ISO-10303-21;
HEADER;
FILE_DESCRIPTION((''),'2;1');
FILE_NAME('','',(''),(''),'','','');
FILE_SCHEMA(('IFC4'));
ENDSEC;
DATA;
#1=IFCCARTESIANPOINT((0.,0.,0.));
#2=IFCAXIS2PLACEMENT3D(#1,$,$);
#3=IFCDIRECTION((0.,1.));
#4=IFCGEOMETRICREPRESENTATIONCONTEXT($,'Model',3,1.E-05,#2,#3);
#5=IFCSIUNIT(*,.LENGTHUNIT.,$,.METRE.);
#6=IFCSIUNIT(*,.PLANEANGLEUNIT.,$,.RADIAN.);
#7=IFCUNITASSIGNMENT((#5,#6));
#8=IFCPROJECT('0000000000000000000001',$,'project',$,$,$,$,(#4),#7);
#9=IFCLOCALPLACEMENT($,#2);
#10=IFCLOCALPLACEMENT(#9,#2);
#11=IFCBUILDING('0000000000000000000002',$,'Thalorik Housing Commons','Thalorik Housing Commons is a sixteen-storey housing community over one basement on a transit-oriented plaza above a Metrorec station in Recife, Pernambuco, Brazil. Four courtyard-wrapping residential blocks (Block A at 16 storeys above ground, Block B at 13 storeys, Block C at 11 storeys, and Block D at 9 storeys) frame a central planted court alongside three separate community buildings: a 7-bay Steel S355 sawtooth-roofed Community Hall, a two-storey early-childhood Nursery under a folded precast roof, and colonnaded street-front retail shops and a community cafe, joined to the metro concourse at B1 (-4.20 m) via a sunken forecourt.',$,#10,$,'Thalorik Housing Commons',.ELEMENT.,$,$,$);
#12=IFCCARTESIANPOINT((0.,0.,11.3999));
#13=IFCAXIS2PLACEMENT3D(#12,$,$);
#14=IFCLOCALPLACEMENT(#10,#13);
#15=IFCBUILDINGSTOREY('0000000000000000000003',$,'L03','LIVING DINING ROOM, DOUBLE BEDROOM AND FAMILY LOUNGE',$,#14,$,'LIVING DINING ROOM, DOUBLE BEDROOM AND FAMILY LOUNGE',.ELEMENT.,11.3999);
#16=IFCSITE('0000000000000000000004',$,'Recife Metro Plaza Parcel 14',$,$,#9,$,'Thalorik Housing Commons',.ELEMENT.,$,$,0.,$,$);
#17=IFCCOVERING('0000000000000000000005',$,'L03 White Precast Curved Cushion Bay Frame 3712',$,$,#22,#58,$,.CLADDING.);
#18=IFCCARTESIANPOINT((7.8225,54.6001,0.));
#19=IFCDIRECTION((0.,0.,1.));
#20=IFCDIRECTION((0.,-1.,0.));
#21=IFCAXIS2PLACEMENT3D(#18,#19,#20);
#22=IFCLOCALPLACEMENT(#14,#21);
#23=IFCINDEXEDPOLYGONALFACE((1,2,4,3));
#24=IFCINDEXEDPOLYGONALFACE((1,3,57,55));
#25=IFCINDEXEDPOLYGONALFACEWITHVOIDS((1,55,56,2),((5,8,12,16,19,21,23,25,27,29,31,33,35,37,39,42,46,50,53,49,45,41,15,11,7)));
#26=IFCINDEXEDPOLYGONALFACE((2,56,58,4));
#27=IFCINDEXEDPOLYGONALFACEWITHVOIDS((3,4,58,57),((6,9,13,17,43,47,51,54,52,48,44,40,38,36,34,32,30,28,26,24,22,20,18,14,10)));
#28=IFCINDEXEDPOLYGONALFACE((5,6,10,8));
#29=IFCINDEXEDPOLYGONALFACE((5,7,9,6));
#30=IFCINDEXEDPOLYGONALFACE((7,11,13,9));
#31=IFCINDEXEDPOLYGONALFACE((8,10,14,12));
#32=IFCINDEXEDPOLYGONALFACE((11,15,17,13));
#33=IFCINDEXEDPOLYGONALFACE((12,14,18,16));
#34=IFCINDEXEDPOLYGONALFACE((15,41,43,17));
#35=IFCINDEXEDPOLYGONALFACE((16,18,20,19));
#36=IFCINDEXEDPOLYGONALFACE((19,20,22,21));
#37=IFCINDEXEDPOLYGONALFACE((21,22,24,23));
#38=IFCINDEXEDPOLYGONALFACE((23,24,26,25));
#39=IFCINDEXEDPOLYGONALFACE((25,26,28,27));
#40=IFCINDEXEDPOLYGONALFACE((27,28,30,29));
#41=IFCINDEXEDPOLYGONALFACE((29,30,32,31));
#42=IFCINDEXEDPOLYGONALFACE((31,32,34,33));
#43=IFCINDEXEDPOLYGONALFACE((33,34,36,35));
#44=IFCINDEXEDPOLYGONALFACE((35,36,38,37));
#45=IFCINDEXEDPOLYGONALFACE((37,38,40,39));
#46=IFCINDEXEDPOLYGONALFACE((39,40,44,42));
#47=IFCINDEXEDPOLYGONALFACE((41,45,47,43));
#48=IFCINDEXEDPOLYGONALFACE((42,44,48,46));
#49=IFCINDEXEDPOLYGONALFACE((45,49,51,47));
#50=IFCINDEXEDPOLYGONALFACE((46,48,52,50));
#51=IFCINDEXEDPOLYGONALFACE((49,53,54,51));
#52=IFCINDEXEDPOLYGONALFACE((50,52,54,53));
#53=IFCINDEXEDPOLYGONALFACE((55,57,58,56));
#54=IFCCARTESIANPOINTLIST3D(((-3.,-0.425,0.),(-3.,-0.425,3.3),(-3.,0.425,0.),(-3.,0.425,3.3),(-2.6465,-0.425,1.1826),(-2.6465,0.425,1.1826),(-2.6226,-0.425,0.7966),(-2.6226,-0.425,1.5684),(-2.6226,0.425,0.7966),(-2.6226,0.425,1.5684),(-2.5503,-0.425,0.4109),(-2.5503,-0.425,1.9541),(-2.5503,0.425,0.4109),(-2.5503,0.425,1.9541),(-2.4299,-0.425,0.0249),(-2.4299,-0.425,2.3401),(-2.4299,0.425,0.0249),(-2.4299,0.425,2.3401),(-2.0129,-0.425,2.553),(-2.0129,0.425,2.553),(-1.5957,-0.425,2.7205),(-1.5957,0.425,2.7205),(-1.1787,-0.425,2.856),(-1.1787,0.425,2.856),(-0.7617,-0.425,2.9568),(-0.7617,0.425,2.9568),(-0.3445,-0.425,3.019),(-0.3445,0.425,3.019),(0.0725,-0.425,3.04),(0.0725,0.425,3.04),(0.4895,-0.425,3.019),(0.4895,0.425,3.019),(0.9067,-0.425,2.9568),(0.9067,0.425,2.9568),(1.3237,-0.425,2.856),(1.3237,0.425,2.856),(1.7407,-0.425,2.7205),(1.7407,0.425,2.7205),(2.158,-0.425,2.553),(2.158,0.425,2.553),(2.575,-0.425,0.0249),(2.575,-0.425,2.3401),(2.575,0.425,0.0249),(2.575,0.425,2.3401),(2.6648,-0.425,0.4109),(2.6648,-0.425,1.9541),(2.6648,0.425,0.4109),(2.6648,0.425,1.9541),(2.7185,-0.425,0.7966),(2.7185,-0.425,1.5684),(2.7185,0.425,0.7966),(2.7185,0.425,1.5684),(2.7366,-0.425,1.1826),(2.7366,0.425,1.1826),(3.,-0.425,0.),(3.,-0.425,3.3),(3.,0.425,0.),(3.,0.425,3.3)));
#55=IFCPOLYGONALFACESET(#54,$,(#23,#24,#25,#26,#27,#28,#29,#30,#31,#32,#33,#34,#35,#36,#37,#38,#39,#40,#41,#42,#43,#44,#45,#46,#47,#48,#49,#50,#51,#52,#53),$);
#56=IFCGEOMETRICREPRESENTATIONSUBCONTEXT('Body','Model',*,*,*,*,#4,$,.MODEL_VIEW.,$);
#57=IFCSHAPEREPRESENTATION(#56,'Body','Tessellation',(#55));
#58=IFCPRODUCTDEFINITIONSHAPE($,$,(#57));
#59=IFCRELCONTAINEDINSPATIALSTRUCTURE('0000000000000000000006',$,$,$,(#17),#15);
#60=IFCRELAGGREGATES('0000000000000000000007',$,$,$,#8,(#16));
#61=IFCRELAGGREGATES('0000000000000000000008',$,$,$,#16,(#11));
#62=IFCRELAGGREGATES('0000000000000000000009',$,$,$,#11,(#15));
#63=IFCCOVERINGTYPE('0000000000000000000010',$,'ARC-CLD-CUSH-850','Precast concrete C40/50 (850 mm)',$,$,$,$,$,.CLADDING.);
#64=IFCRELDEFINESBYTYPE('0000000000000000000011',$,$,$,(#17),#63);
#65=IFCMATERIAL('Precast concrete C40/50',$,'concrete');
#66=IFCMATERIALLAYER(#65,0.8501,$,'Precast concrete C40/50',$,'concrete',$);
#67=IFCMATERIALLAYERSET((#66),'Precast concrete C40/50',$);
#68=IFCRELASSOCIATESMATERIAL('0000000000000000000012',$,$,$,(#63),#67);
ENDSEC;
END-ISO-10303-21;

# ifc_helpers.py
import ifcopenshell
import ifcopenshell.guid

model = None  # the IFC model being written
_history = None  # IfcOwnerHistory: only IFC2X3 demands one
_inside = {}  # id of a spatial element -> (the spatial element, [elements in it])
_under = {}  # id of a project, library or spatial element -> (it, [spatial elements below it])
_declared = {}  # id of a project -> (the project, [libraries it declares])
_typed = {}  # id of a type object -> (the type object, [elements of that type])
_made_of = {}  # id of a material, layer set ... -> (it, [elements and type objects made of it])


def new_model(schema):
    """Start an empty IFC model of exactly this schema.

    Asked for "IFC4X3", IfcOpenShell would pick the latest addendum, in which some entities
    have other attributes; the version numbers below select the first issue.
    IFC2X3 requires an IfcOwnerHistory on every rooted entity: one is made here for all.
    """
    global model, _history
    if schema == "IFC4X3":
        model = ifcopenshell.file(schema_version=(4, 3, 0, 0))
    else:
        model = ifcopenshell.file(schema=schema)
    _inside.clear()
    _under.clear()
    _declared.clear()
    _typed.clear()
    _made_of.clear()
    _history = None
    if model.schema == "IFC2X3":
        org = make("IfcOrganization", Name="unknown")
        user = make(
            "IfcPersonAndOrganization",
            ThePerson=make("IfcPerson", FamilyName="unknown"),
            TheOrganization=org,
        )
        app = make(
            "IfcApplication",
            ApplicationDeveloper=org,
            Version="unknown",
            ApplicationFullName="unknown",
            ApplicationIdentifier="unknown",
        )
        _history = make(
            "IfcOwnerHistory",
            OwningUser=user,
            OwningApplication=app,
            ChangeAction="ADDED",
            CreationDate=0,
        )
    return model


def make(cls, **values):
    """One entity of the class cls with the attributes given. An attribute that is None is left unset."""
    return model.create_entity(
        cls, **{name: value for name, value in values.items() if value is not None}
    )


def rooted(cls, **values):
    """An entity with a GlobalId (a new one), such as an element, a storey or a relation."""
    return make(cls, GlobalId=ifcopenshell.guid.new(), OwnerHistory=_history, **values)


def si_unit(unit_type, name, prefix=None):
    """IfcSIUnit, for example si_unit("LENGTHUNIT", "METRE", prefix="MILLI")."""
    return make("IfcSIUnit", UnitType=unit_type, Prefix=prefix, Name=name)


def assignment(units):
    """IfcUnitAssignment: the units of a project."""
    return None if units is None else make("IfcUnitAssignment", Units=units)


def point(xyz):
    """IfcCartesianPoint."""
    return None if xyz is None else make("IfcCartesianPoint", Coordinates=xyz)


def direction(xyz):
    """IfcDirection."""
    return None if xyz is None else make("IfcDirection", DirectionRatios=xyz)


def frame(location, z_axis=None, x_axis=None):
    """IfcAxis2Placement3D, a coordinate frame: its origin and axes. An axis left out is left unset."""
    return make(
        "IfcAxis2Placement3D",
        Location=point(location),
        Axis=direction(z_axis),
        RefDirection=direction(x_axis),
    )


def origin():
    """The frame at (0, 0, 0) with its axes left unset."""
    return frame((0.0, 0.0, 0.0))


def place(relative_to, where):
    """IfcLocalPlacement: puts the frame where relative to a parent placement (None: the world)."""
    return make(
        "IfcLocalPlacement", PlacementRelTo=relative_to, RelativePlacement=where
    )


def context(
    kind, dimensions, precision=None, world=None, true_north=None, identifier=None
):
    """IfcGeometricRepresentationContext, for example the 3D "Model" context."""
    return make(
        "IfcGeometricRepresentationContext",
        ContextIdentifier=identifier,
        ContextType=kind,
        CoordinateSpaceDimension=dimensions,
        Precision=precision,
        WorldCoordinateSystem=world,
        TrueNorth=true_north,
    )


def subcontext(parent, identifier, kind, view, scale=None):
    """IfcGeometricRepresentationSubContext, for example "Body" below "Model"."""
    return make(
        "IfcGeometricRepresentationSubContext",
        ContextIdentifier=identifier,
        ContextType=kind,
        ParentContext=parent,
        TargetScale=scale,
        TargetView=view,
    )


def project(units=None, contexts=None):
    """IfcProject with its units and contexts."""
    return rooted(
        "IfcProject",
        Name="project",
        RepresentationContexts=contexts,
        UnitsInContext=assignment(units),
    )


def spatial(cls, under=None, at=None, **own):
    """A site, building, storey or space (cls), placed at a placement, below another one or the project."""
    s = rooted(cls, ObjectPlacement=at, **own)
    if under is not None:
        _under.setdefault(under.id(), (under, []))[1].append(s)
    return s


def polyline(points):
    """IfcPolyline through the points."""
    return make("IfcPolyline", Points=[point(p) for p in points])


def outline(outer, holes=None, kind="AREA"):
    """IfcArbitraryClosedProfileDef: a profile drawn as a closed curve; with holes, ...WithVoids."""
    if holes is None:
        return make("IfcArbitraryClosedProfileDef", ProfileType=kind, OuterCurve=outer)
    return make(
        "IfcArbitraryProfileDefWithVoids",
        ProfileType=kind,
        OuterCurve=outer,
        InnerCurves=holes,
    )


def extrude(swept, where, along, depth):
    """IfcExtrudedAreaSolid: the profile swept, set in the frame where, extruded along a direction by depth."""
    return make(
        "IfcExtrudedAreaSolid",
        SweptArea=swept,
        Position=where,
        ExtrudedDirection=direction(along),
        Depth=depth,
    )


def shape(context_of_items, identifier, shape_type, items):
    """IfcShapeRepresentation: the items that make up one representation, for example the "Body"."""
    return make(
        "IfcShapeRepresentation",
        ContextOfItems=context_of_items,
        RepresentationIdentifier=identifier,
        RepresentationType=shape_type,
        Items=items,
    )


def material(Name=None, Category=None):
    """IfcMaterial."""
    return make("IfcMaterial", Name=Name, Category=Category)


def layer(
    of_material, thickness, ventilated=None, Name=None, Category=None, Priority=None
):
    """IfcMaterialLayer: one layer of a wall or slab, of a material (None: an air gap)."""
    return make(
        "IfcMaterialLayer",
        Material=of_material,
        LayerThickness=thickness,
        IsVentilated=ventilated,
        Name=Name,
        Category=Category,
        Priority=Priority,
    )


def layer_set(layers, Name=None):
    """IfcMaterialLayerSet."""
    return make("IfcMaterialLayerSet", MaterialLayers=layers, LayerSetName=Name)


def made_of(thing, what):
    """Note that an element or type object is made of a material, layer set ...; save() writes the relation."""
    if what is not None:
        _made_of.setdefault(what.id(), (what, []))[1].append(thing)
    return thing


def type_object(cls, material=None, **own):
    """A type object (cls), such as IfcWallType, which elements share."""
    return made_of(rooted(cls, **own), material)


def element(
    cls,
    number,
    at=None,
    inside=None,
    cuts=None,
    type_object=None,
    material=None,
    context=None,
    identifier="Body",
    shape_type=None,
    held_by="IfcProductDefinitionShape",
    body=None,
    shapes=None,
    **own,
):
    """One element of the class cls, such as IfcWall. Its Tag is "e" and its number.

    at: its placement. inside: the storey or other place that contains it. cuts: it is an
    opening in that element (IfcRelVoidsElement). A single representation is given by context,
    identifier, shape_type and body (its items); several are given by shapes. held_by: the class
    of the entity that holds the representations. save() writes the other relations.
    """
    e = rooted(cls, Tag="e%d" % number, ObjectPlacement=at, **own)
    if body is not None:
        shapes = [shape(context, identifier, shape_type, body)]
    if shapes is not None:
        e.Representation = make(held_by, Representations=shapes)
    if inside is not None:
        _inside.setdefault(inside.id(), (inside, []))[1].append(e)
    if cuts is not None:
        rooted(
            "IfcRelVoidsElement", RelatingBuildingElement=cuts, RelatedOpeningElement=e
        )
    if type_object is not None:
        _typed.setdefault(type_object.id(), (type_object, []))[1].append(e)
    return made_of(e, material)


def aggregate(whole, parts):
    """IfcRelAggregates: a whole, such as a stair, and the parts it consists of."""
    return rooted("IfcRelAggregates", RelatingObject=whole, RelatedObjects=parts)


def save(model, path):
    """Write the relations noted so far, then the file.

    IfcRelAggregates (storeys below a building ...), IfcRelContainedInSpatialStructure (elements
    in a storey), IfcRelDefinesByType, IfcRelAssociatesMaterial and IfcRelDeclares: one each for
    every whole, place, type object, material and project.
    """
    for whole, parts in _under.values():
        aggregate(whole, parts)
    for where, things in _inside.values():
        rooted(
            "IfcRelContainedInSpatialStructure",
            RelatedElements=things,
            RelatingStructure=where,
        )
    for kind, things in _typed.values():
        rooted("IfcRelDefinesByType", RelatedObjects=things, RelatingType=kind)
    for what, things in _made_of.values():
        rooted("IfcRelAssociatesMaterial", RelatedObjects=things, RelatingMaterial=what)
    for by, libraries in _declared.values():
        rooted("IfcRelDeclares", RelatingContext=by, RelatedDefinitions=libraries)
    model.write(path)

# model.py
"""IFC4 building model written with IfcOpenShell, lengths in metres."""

from ifc_helpers import new_model, si_unit, direction, frame, origin, place, context, subcontext, project, spatial, polyline, outline, extrude, material, layer, layer_set, type_object, element, save


model = new_model("IFC4")

# Units and contexts
model_context = context("Model", 3, precision=1e-05, world=origin(), true_north=direction((0.0, 1.0)))
body_context = subcontext(model_context, "Body", "Model", "MODEL_VIEW")
ifc_project = project(units=[si_unit("LENGTHUNIT", "METRE"), si_unit("PLANEANGLEUNIT", "RADIAN")], contexts=[model_context])

# Site, building, storey
site_placement = place(None, origin())
site = spatial("IfcSite", under=ifc_project, at=site_placement, Name="Recife Metro Plaza Parcel 14", LongName="Thalorik Housing Commons", CompositionType="ELEMENT", RefElevation=0.0)
building_placement = place(site_placement, origin())
building = spatial("IfcBuilding", under=site, at=building_placement, Name="Thalorik Housing Commons", Description="Thalorik Housing Commons is a sixteen-storey housing community over one basement on a transit-oriented plaza above a Metrorec station in Recife, Pernambuco, Brazil. Four courtyard-wrapping residential blocks (Block A at 16 storeys above ground, Block B at 13 storeys, Block C at 11 storeys, and Block D at 9 storeys) frame a central planted court alongside three separate community buildings: a 7-bay Steel S355 sawtooth-roofed Community Hall, a two-storey early-childhood Nursery under a folded precast roof, and colonnaded street-front retail shops and a community cafe, joined to the metro concourse at B1 (-4.20 m) via a sunken forecourt.", LongName="Thalorik Housing Commons", CompositionType="ELEMENT")
storey_placement = place(building_placement, frame((0.0, 0.0, 11.3999)))
storey = spatial("IfcBuildingStorey", under=building, at=storey_placement, Name="L03", Description="LIVING DINING ROOM, DOUBLE BEDROOM AND FAMILY LOUNGE", LongName="LIVING DINING ROOM, DOUBLE BEDROOM AND FAMILY LOUNGE", CompositionType="ELEMENT", Elevation=11.3999)

# Shared definitions
ifc_material_1 = material(Name="Precast concrete C40/50", Category="concrete")

# Covering
ifc_layer_1 = layer(ifc_material_1, 0.8501, Name="Precast concrete C40/50", Category="concrete")
ifc_layer_set_1 = layer_set([ifc_layer_1], Name="Precast concrete C40/50")
covering_type_1 = type_object("IfcCoveringType", Name="ARC-CLD-CUSH-850", Description="Precast concrete C40/50 (850 mm)", PredefinedType="CLADDING", material=ifc_layer_set_1)
covering_1_placement = place(storey_placement, frame((7.8225, 54.6001, 0.0), z_axis=(0.0, 0.0, 1.0), x_axis=(0.0, -1.0, 0.0)))
element("IfcCovering", 1, at=covering_1_placement, inside=storey, type_object=covering_type_1, Name="L03 White Precast Curved Cushion Bay Frame 3712", PredefinedType="CLADDING", context=body_context, shape_type="SweptSolid", body=[
    extrude(outline(polyline([(-3.0, 0.0), (3.0, 0.0), (3.0, 3.3), (-3.0, 3.3), (-3.0, 0.0)]), holes=[polyline([(2.575, 0.0249), (2.6648, 0.4109), (2.7185, 0.7966), (2.7366, 1.1826), (2.7185, 1.5684), (2.6648, 1.9541), (2.575, 2.3401), (2.158, 2.553), (1.7407, 2.7205), (1.3237, 2.856), (0.9067, 2.9568), (0.4895, 3.019), (0.0725, 3.04), (-0.3445, 3.019), (-0.7617, 2.9568), (-1.1787, 2.856), (-1.5957, 2.7205), (-2.0129, 2.553), (-2.4299, 2.3401), (-2.5503, 1.9541), (-2.6226, 1.5684), (-2.6465, 1.1826), (-2.6226, 0.7966), (-2.5503, 0.4109), (-2.4299, 0.0249), (2.575, 0.0249)])]), frame((0.0, 0.425, 0.0), z_axis=(0.0, -1.0, 0.0), x_axis=(1.0, 0.0, 0.0)), (0.0, 0.0, 1.0), 0.8501),
])

save(model, "model.ifc")
